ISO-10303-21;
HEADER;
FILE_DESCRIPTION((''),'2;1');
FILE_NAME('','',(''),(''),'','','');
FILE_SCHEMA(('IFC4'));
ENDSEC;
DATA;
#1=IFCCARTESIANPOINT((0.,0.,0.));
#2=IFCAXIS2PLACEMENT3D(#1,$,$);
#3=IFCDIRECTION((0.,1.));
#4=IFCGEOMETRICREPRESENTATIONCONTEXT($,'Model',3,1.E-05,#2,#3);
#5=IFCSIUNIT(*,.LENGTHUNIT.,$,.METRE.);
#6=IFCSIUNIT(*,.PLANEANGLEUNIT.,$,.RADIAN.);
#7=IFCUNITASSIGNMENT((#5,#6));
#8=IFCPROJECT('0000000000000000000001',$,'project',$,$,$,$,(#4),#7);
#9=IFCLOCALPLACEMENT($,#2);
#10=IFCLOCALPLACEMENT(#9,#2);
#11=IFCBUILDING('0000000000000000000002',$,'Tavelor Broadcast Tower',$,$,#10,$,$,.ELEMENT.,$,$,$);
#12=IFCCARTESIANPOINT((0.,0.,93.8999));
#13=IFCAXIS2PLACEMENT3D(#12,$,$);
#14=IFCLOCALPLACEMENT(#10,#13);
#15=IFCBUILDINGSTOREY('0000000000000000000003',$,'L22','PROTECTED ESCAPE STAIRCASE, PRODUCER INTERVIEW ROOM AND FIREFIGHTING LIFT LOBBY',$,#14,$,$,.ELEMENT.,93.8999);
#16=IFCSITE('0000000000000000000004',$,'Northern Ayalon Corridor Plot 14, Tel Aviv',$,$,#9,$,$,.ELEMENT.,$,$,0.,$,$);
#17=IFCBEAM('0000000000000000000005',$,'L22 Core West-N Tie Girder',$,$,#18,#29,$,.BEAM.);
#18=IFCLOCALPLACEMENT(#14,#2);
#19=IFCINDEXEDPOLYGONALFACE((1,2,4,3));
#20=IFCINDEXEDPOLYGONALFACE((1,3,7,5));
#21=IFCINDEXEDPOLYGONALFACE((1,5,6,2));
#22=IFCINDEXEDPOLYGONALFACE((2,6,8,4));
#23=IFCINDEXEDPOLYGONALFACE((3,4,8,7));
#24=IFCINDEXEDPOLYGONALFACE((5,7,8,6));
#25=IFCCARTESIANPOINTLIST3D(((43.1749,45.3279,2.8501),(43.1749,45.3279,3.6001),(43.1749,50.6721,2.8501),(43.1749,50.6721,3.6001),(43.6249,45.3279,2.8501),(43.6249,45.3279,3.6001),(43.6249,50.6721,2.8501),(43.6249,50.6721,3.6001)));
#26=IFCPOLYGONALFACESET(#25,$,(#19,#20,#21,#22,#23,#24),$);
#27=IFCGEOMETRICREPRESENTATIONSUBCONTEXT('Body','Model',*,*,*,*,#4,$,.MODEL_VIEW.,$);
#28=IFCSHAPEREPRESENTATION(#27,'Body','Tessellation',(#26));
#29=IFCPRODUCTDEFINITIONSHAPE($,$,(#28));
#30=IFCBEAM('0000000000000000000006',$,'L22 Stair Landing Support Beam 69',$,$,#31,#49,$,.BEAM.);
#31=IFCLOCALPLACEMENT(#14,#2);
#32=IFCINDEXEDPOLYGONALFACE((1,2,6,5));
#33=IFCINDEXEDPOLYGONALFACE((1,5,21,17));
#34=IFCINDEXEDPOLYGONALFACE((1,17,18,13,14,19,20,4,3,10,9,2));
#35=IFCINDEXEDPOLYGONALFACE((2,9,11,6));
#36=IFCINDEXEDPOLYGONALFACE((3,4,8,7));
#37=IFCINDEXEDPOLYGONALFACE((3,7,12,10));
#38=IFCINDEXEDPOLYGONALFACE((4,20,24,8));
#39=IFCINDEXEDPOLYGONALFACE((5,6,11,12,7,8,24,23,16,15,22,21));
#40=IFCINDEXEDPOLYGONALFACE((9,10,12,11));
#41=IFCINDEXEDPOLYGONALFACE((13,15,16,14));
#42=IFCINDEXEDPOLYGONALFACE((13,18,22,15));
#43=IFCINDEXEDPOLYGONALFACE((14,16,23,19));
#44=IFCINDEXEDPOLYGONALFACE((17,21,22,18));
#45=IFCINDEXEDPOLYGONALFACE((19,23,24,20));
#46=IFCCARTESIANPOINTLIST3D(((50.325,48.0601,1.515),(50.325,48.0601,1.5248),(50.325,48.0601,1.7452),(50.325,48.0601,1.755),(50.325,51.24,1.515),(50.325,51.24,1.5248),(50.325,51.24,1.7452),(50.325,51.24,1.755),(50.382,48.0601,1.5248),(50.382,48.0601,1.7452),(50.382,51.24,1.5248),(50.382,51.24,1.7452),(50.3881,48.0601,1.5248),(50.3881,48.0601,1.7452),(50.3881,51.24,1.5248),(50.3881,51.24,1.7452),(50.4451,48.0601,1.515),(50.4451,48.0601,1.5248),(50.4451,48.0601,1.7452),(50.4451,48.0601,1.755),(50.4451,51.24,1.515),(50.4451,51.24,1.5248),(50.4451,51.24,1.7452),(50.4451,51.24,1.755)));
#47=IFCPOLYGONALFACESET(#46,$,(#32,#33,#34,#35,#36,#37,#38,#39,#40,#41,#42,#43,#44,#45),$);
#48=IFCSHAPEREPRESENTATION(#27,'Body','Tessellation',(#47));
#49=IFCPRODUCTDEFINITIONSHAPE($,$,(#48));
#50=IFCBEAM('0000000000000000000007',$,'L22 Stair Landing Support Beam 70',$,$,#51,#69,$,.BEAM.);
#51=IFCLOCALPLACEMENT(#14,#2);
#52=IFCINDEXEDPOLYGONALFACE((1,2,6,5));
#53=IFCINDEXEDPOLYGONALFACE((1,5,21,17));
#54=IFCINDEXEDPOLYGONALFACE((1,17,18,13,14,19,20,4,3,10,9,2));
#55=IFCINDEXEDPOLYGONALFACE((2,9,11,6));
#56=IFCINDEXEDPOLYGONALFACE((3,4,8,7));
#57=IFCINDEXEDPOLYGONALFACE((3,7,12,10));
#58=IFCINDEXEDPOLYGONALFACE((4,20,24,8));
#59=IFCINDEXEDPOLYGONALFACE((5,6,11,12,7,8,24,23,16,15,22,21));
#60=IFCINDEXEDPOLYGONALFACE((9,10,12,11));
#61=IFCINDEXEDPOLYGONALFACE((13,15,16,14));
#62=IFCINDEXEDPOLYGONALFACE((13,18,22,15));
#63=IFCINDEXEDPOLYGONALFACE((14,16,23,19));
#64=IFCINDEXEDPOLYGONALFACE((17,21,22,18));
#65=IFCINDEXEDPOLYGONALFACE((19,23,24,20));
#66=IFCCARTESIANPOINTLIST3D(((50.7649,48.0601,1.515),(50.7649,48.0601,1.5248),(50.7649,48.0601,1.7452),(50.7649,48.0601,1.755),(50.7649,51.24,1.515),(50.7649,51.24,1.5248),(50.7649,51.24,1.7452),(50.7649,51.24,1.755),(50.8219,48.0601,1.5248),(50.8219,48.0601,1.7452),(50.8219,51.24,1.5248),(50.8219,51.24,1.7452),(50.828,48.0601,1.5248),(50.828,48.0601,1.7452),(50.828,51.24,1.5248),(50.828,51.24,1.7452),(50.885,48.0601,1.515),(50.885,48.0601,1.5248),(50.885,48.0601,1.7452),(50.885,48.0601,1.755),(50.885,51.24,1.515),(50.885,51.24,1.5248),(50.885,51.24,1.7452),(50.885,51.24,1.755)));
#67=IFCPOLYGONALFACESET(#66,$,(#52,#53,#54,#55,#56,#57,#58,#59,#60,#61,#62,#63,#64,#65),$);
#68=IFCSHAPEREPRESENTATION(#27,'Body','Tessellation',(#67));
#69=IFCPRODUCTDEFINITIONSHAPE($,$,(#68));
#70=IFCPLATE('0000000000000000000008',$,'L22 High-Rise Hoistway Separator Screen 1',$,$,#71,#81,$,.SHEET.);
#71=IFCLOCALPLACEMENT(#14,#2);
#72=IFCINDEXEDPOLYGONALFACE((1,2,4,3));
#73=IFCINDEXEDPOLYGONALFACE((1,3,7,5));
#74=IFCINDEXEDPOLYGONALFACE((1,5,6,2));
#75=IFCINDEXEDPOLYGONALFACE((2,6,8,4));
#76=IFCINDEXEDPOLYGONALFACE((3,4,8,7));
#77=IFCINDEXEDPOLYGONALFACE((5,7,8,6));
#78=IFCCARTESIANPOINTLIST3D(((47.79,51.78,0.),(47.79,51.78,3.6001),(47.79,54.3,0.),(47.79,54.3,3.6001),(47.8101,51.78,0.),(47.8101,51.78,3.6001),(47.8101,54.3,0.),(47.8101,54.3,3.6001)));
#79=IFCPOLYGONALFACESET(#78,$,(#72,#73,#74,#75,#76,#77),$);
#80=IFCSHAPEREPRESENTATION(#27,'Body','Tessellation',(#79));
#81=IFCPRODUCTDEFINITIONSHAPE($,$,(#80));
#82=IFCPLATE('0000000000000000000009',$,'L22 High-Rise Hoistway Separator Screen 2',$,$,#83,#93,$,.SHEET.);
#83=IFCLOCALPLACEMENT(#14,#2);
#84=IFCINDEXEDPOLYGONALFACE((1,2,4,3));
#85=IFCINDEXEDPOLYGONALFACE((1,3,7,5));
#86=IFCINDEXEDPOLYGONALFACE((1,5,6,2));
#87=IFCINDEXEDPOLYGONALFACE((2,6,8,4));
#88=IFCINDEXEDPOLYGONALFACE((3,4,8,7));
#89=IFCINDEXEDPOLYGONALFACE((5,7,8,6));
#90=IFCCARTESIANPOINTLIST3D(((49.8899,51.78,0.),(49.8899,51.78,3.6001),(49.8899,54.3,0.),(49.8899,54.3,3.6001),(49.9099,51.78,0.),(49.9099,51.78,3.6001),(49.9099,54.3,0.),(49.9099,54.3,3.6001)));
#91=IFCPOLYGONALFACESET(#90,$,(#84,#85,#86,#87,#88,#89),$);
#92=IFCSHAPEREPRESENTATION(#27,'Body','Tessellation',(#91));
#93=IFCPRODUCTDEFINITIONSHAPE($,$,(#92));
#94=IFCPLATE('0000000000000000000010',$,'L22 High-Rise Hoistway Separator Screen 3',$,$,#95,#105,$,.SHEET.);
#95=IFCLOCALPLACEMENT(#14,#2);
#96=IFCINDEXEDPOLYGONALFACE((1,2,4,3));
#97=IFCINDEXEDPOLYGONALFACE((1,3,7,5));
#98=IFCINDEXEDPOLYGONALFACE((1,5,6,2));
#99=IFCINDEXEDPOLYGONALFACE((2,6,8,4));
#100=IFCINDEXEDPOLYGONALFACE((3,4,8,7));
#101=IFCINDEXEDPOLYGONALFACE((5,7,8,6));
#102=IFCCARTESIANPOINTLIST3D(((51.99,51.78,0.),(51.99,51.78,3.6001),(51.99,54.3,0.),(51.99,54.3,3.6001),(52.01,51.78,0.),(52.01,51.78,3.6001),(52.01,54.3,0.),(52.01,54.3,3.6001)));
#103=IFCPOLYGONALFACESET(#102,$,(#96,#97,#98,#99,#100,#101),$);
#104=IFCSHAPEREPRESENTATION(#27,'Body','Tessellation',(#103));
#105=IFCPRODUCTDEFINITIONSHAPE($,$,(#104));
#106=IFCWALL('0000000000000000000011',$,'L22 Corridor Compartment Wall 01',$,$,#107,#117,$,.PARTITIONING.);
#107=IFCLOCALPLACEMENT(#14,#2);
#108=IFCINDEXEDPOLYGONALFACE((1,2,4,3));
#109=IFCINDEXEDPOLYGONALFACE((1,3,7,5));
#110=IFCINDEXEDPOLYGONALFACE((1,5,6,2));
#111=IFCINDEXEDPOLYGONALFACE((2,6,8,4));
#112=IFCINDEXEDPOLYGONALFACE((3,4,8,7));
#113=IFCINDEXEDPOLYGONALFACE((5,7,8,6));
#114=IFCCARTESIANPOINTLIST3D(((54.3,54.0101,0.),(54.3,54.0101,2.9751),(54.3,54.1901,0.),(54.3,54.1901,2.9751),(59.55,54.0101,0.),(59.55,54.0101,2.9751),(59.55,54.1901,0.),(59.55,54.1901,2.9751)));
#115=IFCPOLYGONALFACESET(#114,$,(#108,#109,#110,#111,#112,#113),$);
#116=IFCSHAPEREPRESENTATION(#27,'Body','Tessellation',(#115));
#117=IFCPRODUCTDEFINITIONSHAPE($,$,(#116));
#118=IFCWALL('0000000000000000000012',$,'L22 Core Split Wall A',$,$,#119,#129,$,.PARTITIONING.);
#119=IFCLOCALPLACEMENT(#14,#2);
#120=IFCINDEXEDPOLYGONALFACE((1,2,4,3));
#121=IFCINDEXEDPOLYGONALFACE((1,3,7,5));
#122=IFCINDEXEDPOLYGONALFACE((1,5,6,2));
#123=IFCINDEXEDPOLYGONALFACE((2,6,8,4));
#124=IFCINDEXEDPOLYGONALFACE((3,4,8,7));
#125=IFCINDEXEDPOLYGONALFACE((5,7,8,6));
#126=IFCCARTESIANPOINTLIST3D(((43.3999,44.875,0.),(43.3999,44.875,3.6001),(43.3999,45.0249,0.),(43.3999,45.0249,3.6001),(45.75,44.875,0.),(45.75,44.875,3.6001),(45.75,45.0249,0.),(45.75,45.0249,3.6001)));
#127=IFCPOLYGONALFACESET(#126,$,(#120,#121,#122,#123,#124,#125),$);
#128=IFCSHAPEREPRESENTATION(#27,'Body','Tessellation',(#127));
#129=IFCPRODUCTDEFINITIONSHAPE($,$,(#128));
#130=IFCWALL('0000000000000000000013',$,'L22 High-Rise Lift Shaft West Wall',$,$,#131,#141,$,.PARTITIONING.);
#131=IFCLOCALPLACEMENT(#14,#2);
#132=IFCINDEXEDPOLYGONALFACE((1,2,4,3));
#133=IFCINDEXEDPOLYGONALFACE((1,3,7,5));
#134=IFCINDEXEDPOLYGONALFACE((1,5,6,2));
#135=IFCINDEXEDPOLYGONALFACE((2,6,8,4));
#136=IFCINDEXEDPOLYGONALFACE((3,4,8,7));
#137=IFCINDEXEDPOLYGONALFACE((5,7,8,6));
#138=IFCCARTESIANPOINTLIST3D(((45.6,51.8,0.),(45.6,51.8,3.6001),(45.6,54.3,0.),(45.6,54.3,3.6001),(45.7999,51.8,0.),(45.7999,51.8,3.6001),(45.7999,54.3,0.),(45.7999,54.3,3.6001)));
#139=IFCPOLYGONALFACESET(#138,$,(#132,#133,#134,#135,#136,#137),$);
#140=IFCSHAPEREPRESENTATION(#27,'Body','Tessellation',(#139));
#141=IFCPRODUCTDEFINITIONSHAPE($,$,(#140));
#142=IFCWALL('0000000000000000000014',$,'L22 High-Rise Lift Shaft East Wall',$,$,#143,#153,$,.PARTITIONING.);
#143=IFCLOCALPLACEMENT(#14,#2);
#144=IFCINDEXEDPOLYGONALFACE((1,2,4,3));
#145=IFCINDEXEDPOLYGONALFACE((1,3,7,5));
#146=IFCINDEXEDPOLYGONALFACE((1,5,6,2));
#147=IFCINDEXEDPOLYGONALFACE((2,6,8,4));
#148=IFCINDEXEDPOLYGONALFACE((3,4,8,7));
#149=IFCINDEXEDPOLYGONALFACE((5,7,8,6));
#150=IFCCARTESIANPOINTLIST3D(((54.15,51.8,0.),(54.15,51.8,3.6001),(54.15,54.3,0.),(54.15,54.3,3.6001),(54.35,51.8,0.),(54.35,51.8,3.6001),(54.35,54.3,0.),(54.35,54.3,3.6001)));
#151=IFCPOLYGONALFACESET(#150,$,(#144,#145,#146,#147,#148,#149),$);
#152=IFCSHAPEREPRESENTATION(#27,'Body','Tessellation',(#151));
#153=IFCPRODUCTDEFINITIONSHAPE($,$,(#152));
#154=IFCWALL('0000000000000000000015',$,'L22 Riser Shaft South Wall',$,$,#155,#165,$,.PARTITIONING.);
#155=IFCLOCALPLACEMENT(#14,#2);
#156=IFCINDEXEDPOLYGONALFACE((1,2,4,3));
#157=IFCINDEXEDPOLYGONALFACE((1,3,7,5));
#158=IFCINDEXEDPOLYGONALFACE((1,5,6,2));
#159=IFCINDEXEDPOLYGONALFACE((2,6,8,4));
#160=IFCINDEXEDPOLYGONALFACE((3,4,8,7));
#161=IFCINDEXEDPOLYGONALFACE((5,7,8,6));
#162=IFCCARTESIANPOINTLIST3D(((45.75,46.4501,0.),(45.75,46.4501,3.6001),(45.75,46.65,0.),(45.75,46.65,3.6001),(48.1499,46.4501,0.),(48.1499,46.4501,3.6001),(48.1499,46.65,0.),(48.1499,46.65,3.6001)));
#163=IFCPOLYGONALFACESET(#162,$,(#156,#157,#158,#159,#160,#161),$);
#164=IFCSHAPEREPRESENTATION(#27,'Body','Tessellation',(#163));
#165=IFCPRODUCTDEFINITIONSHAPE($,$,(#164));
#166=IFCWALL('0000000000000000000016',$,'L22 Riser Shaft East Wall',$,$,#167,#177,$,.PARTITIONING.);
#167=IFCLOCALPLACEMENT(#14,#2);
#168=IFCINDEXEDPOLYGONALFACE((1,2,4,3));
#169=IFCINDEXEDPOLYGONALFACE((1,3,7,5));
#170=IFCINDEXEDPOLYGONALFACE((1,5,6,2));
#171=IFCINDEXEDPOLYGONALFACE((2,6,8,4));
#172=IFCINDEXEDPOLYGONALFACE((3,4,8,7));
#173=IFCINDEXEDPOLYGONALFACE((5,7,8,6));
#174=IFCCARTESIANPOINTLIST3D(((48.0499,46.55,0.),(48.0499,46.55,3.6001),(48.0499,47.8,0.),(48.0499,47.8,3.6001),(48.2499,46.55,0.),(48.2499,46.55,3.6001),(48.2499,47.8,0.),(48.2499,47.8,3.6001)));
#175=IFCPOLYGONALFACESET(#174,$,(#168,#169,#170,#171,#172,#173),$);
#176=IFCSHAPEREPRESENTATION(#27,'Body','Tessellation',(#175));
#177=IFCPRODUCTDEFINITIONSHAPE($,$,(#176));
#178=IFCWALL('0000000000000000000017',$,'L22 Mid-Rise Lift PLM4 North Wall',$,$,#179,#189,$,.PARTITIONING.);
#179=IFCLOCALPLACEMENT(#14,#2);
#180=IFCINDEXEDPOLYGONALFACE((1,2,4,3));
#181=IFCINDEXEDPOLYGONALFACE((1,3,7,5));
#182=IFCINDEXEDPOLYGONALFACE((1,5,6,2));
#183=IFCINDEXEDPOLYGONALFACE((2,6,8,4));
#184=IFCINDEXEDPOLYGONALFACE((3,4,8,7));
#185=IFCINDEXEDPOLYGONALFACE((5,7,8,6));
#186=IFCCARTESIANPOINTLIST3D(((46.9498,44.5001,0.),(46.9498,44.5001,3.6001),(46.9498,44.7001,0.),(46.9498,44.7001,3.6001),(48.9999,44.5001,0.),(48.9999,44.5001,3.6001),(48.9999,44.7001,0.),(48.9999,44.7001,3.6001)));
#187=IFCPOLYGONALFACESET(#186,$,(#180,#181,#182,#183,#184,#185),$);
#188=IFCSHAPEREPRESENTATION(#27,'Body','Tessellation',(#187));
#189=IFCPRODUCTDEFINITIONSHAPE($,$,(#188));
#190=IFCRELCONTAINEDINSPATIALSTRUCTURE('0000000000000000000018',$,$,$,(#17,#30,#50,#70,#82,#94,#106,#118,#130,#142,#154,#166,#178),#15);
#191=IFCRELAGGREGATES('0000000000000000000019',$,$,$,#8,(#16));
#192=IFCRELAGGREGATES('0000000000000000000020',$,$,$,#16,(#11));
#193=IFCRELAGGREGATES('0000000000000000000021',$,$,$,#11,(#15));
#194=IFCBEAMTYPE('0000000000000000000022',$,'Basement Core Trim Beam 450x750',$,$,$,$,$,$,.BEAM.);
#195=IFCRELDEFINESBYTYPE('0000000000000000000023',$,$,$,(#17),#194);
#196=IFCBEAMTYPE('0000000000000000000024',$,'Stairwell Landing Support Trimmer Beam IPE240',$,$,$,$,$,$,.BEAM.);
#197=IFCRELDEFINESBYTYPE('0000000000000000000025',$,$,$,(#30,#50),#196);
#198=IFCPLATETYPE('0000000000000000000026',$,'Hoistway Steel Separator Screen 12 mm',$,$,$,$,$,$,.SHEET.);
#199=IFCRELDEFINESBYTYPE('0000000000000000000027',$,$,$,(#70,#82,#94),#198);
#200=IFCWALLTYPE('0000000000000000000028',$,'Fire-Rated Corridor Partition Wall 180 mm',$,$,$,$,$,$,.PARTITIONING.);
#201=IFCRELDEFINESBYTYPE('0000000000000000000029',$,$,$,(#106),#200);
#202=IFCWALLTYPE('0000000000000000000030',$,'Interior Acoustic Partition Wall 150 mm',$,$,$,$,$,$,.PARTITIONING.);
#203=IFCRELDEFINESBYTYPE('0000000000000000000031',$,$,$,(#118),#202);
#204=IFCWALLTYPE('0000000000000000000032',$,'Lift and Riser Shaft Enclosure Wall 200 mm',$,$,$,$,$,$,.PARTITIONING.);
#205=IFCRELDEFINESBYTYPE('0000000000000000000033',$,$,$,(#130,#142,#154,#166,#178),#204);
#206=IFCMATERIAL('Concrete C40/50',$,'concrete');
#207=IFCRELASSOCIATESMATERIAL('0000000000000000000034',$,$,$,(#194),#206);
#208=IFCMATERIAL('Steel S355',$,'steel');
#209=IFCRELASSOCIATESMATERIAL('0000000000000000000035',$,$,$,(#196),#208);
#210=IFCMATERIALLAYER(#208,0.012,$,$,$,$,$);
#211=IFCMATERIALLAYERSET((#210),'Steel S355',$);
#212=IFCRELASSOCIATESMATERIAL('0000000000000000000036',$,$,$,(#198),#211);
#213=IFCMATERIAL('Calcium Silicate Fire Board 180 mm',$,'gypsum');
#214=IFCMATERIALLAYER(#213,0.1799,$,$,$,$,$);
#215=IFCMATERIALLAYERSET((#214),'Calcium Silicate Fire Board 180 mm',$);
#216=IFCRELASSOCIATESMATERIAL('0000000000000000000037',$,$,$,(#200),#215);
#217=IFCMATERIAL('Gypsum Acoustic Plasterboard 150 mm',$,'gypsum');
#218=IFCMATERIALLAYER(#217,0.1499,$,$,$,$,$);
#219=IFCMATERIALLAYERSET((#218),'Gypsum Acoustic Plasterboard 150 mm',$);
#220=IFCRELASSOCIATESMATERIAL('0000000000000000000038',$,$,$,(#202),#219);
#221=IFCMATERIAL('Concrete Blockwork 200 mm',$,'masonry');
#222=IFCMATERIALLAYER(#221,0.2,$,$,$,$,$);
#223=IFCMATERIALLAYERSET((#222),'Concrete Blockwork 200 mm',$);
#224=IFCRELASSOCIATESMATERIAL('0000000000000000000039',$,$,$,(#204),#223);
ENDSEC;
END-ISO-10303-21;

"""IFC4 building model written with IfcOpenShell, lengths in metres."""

from ifc_helpers import new_model, si_unit, direction, frame, frame_2d, origin, origin_2d, place, context, subcontext, project, spatial, rectangle, i_section, extrude, source, transform, mapped, material, layer, layer_set, material_profile, profile_set, type_object, type_shapes, element, save


model = new_model("IFC4")

# Units and contexts
model_context = context("Model", 3, precision=1e-05, world=origin(), true_north=direction((0.0, 1.0)))
body_context = subcontext(model_context, "Body", "Model", "MODEL_VIEW")
ifc_project = project(units=[si_unit("LENGTHUNIT", "METRE"), si_unit("PLANEANGLEUNIT", "RADIAN")], contexts=[model_context])

# Site, building, storey
site_placement = place(None, origin())
site = spatial("IfcSite", under=ifc_project, at=site_placement, Name="Northern Ayalon Corridor Plot 14, Tel Aviv", CompositionType="ELEMENT", RefElevation=0.0)
building_placement = place(site_placement, origin())
building = spatial("IfcBuilding", under=site, at=building_placement, Name="Tavelor Broadcast Tower", CompositionType="ELEMENT")
storey_placement = place(building_placement, frame((0.0, 0.0, 93.8999)))
storey = spatial("IfcBuildingStorey", under=building, at=storey_placement, Name="L22", Description="PROTECTED ESCAPE STAIRCASE, PRODUCER INTERVIEW ROOM AND FIREFIGHTING LIFT LOBBY", CompositionType="ELEMENT", Elevation=93.8999)

# Beams
ifc_material_1 = material(Name="Concrete C40/50", Category="concrete")
ifc_material_profile_1 = material_profile(ifc_material_1, rectangle(XDim=0.45, YDim=0.75, at=origin_2d()), Name="RC 450x750")
ifc_profile_set_1 = profile_set([ifc_material_profile_1], Name="Concrete C40/50")
beam_type_1 = type_object("IfcBeamType", Name="Basement Core Trim Beam 450x750", PredefinedType="BEAM", material=ifc_profile_set_1)
beam_placement = place(storey_placement, frame((43.3999, 45.3279, 3.2251), z_axis=(0.0, 1.0, 0.0), x_axis=(-1.0, 0.0, 0.0)))
element("IfcBeam", 1, at=beam_placement, inside=storey, type_object=beam_type_1, Name="L22 Core West-N Tie Girder", PredefinedType="BEAM", context=body_context, shape_type="SweptSolid", body=[
    extrude(rectangle(XDim=0.45, YDim=0.75, at=origin_2d()), origin(), (0.0, 0.0, 1.0), 5.3442),
])
ifc_material_2 = material(Name="Steel S355", Category="steel")
ifc_material_profile_2 = material_profile(ifc_material_2, i_section(OverallWidth=0.1201, OverallDepth=0.24, WebThickness=0.0061, FlangeThickness=0.0098, at=origin_2d()), Name="IPE 240")
ifc_profile_set_2 = profile_set([ifc_material_profile_2], Name="Steel S355")
beam_type_2 = type_object("IfcBeamType", Name="Stairwell Landing Support Trimmer Beam IPE240", PredefinedType="BEAM", material=ifc_profile_set_2)
for number, where, z_axis, x_axis, name in (
    (2, (50.385, 48.0601, 1.635), (0.0, 1.0, 0.0), (-1.0, 0.0, 0.0), "L22 Stair Landing Support Beam 69"),
    (3, (50.825, 48.0601, 1.635), (0.0, 1.0, 0.0), (-1.0, 0.0, 0.0), "L22 Stair Landing Support Beam 70"),
):
    element("IfcBeam", number, at=place(storey_placement, frame(where, z_axis=z_axis, x_axis=x_axis)), inside=storey, type_object=beam_type_2, Name=name, PredefinedType="BEAM", context=body_context, shape_type="SweptSolid", body=[
        extrude(i_section(OverallWidth=0.1201, OverallDepth=0.24, WebThickness=0.0061, FlangeThickness=0.0098, at=origin_2d()), origin(), (0.0, 0.0, 1.0), 3.1799),
    ])

# Plates
ifc_layer_1 = layer(ifc_material_2, 0.012)
ifc_layer_set_1 = layer_set([ifc_layer_1], Name="Steel S355")
plate_type = type_object("IfcPlateType", Name="Hoistway Steel Separator Screen 12 mm", PredefinedType="SHEET", material=ifc_layer_set_1)
shared_shape = source(origin(), body_context, "Body", "SweptSolid", [
    extrude(rectangle(XDim=0.02, YDim=2.52, at=origin_2d()), origin(), (0.0, 0.0, 1.0), 3.6001),
])
type_shapes(plate_type, [shared_shape])
for number, where, z_axis, x_axis, name in (
    (4, (47.8, 53.04, 0.0), (0.0, 0.0, 1.0), (1.0, 0.0, 0.0), "L22 High-Rise Hoistway Separator Screen 1"),
    (5, (49.8999, 53.04, 0.0), (0.0, 0.0, 1.0), (1.0, 0.0, 0.0), "L22 High-Rise Hoistway Separator Screen 2"),
    (6, (52.0, 53.04, 0.0), (0.0, 0.0, 1.0), (1.0, 0.0, 0.0), "L22 High-Rise Hoistway Separator Screen 3"),
):
    element("IfcPlate", number, at=place(storey_placement, frame(where, z_axis=z_axis, x_axis=x_axis)), inside=storey, type_object=plate_type, Name=name, PredefinedType="SHEET", context=body_context, shape_type="MappedRepresentation", body=[
        mapped(shared_shape, transform((0.0, 0.0, 0.0), scale=1.0)),
    ])

# Walls
ifc_material_3 = material(Name="Calcium Silicate Fire Board 180 mm", Category="gypsum")
ifc_layer_2 = layer(ifc_material_3, 0.1799)
ifc_layer_set_2 = layer_set([ifc_layer_2], Name="Calcium Silicate Fire Board 180 mm")
wall_type_1 = type_object("IfcWallType", Name="Fire-Rated Corridor Partition Wall 180 mm", PredefinedType="PARTITIONING", material=ifc_layer_set_2)
wall_1_placement = place(storey_placement, frame((54.3, 54.1001, 0.0), z_axis=(0.0, 0.0, 1.0), x_axis=(1.0, 0.0, 0.0)))
element("IfcWall", 7, at=wall_1_placement, inside=storey, type_object=wall_type_1, Name="L22 Corridor Compartment Wall 01", PredefinedType="PARTITIONING", context=body_context, shape_type="SweptSolid", body=[
    extrude(rectangle(XDim=5.25, YDim=0.1799, at=frame_2d((2.625, 0.0))), origin(), (0.0, 0.0, 1.0), 2.9751),
])
ifc_material_4 = material(Name="Gypsum Acoustic Plasterboard 150 mm", Category="gypsum")
ifc_layer_3 = layer(ifc_material_4, 0.1499)
ifc_layer_set_3 = layer_set([ifc_layer_3], Name="Gypsum Acoustic Plasterboard 150 mm")
wall_type_2 = type_object("IfcWallType", Name="Interior Acoustic Partition Wall 150 mm", PredefinedType="PARTITIONING", material=ifc_layer_set_3)
wall_2_placement = place(storey_placement, frame((43.3999, 44.95, 0.0), z_axis=(0.0, 0.0, 1.0), x_axis=(1.0, 0.0, 0.0)))
element("IfcWall", 8, at=wall_2_placement, inside=storey, type_object=wall_type_2, Name="L22 Core Split Wall A", PredefinedType="PARTITIONING", context=body_context, shape_type="SweptSolid", body=[
    extrude(rectangle(XDim=2.3501, YDim=0.1499, at=frame_2d((1.175, 0.0))), origin(), (0.0, 0.0, 1.0), 3.6001),
])
ifc_material_5 = material(Name="Concrete Blockwork 200 mm", Category="masonry")
ifc_layer_4 = layer(ifc_material_5, 0.2)
ifc_layer_set_4 = layer_set([ifc_layer_4], Name="Concrete Blockwork 200 mm")
wall_type_3 = type_object("IfcWallType", Name="Lift and Riser Shaft Enclosure Wall 200 mm", PredefinedType="PARTITIONING", material=ifc_layer_set_4)
for number, where, z_axis, x_axis, name in (
    (9, (45.7, 51.8, 0.0), (0.0, 0.0, 1.0), (0.0, 1.0, 0.0), "L22 High-Rise Lift Shaft West Wall"),
    (10, (54.25, 51.8, 0.0), (0.0, 0.0, 1.0), (0.0, 1.0, 0.0), "L22 High-Rise Lift Shaft East Wall"),
):
    element("IfcWall", number, at=place(storey_placement, frame(where, z_axis=z_axis, x_axis=x_axis)), inside=storey, type_object=wall_type_3, Name=name, PredefinedType="PARTITIONING", context=body_context, shape_type="SweptSolid", body=[
        extrude(rectangle(XDim=2.5, YDim=0.2, at=frame_2d((1.25, 0.0))), origin(), (0.0, 0.0, 1.0), 3.6001),
    ])
wall_3_placement = place(storey_placement, frame((45.75, 46.55, 0.0), z_axis=(0.0, 0.0, 1.0), x_axis=(1.0, 0.0, 0.0)))
element("IfcWall", 11, at=wall_3_placement, inside=storey, type_object=wall_type_3, Name="L22 Riser Shaft South Wall", PredefinedType="PARTITIONING", context=body_context, shape_type="SweptSolid", body=[
    extrude(rectangle(XDim=2.3999, YDim=0.2, at=frame_2d((1.2, 0.0))), origin(), (0.0, 0.0, 1.0), 3.6001),
])
wall_4_placement = place(storey_placement, frame((48.1499, 46.55, 0.0), z_axis=(0.0, 0.0, 1.0), x_axis=(0.0, 1.0, 0.0)))
element("IfcWall", 12, at=wall_4_placement, inside=storey, type_object=wall_type_3, Name="L22 Riser Shaft East Wall", PredefinedType="PARTITIONING", context=body_context, shape_type="SweptSolid", body=[
    extrude(rectangle(XDim=1.25, YDim=0.2, at=frame_2d((0.625, 0.0))), origin(), (0.0, 0.0, 1.0), 3.6001),
])
wall_5_placement = place(storey_placement, frame((46.95, 44.6001, 0.0), z_axis=(0.0, 0.0, 1.0), x_axis=(1.0, 0.0, 0.0)))
element("IfcWall", 13, at=wall_5_placement, inside=storey, type_object=wall_type_3, Name="L22 Mid-Rise Lift PLM4 North Wall", PredefinedType="PARTITIONING", context=body_context, shape_type="SweptSolid", body=[
    extrude(rectangle(XDim=2.05, YDim=0.2, at=frame_2d((1.0249, 0.0))), origin(), (0.0, 0.0, 1.0), 3.6001),
])

save(model, "model.ifc")
